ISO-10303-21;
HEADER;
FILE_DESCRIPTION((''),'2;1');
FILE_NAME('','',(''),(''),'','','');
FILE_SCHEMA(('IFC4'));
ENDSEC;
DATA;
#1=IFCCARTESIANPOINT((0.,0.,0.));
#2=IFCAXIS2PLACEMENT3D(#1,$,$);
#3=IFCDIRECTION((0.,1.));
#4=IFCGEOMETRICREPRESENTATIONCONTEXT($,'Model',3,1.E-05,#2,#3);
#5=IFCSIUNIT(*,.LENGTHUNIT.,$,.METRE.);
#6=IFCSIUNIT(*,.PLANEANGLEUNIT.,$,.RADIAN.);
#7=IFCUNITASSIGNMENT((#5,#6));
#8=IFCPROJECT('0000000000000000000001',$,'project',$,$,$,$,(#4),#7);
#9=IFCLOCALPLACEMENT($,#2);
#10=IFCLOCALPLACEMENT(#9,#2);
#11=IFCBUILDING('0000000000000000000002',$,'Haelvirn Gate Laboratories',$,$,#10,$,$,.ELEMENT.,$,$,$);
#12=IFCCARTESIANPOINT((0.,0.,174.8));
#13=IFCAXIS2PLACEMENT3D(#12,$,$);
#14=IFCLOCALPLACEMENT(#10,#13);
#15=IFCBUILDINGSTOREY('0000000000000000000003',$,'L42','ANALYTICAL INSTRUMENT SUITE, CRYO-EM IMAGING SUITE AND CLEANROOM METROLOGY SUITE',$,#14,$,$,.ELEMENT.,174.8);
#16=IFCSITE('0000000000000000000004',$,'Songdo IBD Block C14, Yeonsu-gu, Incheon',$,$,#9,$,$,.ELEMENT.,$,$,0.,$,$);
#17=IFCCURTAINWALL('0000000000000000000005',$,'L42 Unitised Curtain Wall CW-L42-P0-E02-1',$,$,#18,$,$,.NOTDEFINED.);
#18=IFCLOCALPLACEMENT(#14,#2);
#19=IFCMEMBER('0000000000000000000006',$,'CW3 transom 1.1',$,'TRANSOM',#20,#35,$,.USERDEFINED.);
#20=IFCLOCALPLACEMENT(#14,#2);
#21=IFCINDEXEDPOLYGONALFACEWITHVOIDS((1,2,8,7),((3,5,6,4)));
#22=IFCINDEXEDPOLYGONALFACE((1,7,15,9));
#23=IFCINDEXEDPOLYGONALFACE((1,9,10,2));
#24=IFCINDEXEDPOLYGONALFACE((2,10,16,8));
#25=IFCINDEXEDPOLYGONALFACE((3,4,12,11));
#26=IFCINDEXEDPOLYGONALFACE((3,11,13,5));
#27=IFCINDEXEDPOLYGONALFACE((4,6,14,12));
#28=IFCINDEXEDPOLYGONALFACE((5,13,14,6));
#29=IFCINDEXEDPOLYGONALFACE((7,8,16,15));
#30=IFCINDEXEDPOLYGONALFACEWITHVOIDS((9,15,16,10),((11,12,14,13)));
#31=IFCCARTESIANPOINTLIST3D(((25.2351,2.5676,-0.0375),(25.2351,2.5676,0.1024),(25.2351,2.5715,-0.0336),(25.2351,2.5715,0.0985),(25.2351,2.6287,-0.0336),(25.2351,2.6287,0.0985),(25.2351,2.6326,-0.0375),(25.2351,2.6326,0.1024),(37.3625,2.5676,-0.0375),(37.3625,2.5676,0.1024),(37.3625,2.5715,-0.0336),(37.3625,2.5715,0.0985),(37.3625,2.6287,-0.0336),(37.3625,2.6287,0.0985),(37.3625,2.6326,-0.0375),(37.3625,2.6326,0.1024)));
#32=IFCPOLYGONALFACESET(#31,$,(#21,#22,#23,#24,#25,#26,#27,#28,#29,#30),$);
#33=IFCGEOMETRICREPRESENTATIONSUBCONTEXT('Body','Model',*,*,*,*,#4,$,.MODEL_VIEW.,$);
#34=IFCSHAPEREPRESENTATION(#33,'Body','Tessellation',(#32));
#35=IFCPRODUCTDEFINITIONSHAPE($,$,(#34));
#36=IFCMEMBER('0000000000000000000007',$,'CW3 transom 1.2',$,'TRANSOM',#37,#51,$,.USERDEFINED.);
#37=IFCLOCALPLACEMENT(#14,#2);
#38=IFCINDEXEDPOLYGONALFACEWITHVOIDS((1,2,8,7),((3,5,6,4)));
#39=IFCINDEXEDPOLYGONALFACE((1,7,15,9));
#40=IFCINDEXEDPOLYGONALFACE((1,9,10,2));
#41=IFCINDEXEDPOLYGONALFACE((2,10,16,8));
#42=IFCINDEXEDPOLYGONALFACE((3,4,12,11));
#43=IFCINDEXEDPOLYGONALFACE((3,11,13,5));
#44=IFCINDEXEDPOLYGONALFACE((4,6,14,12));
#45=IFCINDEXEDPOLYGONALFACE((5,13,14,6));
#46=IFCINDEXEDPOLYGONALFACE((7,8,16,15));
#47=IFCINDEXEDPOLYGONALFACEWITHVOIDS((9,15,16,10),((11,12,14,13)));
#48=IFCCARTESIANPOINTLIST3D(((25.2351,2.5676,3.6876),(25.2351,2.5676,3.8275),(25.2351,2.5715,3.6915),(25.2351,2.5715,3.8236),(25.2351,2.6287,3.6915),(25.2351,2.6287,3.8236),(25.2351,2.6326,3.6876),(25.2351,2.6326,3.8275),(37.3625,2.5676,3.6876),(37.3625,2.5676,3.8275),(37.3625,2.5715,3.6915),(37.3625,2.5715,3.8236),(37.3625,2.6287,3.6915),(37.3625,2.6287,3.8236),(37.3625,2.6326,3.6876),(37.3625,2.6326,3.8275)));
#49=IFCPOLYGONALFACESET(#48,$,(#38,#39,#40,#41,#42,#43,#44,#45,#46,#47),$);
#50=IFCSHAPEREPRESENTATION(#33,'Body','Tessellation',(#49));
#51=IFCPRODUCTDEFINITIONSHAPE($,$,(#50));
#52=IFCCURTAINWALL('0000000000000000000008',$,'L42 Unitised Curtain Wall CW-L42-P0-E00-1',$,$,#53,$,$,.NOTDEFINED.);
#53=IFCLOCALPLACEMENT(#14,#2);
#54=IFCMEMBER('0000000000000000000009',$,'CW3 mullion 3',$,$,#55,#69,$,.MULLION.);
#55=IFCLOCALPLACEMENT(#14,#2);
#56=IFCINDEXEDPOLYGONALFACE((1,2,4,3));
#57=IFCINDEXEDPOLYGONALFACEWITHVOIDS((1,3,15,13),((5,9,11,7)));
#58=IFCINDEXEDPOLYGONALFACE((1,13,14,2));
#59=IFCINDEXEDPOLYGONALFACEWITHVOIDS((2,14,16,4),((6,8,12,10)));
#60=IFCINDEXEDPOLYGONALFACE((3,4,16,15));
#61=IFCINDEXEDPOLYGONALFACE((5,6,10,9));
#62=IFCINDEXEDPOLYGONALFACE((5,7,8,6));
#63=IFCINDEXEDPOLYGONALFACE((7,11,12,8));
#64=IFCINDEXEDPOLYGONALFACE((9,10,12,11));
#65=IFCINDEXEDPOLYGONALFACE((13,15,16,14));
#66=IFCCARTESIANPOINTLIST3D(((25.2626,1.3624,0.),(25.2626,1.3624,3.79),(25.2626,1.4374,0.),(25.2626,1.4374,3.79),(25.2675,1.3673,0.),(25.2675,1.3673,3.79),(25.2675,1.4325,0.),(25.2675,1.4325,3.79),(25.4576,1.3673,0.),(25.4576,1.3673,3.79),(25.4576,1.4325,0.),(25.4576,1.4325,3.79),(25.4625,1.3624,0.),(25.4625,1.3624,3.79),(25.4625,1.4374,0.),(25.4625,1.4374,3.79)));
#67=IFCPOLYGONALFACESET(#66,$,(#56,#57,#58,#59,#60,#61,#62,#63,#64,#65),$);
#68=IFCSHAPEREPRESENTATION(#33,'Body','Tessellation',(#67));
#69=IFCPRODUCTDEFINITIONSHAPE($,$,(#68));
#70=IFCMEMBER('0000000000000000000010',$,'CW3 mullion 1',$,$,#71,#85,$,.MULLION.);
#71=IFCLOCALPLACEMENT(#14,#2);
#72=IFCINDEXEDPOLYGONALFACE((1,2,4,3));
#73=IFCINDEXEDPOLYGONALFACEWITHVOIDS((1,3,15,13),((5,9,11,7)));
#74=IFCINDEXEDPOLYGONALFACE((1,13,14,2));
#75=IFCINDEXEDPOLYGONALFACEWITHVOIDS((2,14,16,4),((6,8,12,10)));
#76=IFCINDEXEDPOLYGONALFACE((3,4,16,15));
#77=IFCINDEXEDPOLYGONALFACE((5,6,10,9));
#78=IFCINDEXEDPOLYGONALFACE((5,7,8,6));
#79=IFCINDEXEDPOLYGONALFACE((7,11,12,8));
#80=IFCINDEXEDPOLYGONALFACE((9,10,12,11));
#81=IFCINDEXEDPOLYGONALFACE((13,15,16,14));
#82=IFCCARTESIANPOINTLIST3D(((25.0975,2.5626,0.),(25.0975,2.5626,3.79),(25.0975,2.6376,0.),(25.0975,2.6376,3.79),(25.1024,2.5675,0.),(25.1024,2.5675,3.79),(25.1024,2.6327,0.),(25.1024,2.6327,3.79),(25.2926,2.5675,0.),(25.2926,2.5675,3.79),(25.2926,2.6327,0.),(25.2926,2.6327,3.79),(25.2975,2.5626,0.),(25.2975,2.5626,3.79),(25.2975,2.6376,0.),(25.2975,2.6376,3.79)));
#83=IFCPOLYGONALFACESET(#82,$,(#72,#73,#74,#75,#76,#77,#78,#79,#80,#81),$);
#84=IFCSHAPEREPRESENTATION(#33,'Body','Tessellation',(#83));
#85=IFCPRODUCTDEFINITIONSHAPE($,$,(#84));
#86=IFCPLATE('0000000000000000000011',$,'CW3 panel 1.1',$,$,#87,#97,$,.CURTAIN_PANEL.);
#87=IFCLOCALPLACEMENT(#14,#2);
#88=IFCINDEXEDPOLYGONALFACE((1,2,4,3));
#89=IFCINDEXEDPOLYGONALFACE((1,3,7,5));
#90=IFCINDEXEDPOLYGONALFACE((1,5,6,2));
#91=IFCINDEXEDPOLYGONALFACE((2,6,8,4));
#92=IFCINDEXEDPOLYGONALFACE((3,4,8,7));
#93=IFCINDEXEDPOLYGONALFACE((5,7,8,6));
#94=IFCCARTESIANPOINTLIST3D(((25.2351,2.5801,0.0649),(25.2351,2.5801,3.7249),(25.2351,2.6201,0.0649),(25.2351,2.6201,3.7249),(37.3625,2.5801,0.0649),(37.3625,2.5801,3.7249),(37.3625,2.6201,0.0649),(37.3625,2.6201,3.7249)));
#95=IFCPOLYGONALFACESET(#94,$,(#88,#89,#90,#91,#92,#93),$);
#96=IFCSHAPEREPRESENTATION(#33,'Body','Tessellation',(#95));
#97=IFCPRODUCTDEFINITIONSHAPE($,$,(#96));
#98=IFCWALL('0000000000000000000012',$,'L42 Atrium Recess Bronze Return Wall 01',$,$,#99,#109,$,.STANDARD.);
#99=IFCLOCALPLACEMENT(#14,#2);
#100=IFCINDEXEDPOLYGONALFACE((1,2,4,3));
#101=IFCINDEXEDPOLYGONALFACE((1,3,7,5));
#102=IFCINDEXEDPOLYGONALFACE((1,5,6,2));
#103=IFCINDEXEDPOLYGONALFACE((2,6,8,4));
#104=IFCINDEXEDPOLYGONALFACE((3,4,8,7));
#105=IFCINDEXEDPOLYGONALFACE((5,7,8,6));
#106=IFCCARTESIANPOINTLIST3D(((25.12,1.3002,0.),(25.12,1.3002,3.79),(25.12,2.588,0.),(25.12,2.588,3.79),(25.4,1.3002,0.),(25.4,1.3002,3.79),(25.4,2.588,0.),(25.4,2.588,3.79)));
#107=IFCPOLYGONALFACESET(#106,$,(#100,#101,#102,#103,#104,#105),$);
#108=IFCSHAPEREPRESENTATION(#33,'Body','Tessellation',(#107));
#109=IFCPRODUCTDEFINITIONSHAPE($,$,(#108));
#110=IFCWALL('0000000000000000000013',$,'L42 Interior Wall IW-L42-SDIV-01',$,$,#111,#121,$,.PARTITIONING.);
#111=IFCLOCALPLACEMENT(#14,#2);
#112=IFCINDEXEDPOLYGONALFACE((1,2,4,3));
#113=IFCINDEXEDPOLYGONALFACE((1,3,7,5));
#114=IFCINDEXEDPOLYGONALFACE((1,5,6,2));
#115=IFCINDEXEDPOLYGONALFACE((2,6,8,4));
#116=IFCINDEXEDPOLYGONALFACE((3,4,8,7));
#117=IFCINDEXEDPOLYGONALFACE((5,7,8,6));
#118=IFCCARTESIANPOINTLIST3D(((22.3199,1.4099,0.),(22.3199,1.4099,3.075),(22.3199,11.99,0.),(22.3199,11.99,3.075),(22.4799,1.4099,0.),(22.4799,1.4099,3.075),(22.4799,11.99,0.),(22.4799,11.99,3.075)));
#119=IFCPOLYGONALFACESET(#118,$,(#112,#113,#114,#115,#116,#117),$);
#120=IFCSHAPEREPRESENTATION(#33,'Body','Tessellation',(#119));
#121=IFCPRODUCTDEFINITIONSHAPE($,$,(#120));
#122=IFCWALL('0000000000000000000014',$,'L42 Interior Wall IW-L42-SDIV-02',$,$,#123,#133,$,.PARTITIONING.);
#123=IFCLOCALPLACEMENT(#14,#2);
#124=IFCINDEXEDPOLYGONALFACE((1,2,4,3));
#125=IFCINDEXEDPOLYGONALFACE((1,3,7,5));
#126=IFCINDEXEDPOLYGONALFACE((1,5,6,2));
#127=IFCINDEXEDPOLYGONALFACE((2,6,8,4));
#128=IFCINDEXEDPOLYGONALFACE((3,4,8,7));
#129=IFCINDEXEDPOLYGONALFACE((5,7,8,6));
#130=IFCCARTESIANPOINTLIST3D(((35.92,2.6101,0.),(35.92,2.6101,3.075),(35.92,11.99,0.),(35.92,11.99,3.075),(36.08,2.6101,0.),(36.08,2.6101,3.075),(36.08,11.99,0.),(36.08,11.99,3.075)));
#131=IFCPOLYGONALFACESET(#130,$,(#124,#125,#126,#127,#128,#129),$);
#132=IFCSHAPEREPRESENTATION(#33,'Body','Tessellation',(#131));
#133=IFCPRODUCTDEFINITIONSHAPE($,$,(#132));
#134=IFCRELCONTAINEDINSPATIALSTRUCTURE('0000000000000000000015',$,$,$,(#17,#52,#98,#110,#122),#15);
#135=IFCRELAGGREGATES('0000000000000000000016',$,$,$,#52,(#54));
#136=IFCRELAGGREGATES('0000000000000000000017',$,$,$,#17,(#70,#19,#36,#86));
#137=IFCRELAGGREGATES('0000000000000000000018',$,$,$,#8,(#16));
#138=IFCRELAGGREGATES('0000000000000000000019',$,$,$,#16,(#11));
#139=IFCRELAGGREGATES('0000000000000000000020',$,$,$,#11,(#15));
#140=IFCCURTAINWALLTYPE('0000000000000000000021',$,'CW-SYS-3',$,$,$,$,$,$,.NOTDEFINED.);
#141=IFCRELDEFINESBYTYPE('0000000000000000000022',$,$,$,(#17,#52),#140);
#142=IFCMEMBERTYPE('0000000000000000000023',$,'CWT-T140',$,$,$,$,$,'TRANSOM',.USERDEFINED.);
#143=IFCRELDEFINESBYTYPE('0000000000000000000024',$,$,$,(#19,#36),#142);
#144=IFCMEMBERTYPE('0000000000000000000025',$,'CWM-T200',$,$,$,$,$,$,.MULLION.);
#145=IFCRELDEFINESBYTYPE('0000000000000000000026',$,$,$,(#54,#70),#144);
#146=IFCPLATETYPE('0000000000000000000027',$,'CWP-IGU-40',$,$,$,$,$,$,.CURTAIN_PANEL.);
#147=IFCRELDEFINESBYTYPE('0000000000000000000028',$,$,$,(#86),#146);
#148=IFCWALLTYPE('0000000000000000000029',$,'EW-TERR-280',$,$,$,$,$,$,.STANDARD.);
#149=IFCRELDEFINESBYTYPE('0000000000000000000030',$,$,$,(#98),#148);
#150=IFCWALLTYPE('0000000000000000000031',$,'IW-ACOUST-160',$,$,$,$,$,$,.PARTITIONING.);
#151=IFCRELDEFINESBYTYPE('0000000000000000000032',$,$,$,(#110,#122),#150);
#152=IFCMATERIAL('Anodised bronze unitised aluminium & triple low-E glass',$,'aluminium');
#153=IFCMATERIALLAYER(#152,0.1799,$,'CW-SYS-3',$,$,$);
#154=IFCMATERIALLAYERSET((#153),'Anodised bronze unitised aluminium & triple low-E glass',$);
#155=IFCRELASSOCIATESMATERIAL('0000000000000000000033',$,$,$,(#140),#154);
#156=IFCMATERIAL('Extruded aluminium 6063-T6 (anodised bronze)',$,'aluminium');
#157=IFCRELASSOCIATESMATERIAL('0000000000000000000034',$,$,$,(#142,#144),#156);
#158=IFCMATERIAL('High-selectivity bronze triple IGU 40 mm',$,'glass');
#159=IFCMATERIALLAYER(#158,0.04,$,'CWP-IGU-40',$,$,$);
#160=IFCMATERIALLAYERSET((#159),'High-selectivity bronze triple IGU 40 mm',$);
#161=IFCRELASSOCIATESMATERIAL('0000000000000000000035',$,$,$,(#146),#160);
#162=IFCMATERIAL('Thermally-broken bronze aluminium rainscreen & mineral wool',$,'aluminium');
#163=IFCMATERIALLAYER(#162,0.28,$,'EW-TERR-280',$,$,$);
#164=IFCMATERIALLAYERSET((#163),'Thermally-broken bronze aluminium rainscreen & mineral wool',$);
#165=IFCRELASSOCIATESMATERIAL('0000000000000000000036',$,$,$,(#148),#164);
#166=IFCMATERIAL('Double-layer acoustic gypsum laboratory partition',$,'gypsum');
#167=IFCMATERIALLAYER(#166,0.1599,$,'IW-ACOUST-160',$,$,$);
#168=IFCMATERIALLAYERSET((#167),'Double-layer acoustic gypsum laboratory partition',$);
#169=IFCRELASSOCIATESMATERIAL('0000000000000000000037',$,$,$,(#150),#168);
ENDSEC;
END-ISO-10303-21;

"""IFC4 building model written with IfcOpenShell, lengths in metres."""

from ifc_helpers import new_model, si_unit, direction, frame, frame_2d, origin, origin_2d, place, context, subcontext, project, spatial, rectangle, hollow_rectangle, extrude, source, transform, mapped, material, layer, layer_set, material_profile, profile_set, type_object, type_shapes, element, aggregate, save


model = new_model("IFC4")

# Units and contexts
model_context = context("Model", 3, precision=1e-05, world=origin(), true_north=direction((0.0, 1.0)))
body_context = subcontext(model_context, "Body", "Model", "MODEL_VIEW")
ifc_project = project(units=[si_unit("LENGTHUNIT", "METRE"), si_unit("PLANEANGLEUNIT", "RADIAN")], contexts=[model_context])

# Site, building, storey
site_placement = place(None, origin())
site = spatial("IfcSite", under=ifc_project, at=site_placement, Name="Songdo IBD Block C14, Yeonsu-gu, Incheon", CompositionType="ELEMENT", RefElevation=0.0)
building_placement = place(site_placement, origin())
building = spatial("IfcBuilding", under=site, at=building_placement, Name="Haelvirn Gate Laboratories", CompositionType="ELEMENT")
storey_placement = place(building_placement, frame((0.0, 0.0, 174.8)))
storey = spatial("IfcBuildingStorey", under=building, at=storey_placement, Name="L42", Description="ANALYTICAL INSTRUMENT SUITE, CRYO-EM IMAGING SUITE AND CLEANROOM METROLOGY SUITE", CompositionType="ELEMENT", Elevation=174.8)

# Curtain wall, members
ifc_material_1 = material(Name="Anodised bronze unitised aluminium & triple low-E glass", Category="aluminium")
ifc_layer_1 = layer(ifc_material_1, 0.1799, Name="CW-SYS-3")
ifc_layer_set_1 = layer_set([ifc_layer_1], Name="Anodised bronze unitised aluminium & triple low-E glass")
curtain_wall_type = type_object("IfcCurtainWallType", Name="CW-SYS-3", PredefinedType="NOTDEFINED", material=ifc_layer_set_1)
curtain_wall_1_placement = place(storey_placement, origin())
curtain_wall_1 = element("IfcCurtainWall", 1, at=curtain_wall_1_placement, inside=storey, type_object=curtain_wall_type, Name="L42 Unitised Curtain Wall CW-L42-P0-E02-1", PredefinedType="NOTDEFINED")
ifc_material_2 = material(Name="Extruded aluminium 6063-T6 (anodised bronze)", Category="aluminium")
ifc_material_profile_1 = material_profile(ifc_material_2, hollow_rectangle(XDim=0.0649, YDim=0.1399, WallThickness=0.0039, at=origin_2d()), Name="CWT-140x65x4")
ifc_profile_set_1 = profile_set([ifc_material_profile_1], Name="Extruded aluminium 6063-T6 (anodised bronze)")
member_type_1 = type_object("IfcMemberType", Name="CWT-T140", ElementType="TRANSOM", PredefinedType="USERDEFINED", material=ifc_profile_set_1)
shared_shape_1 = source(origin(), body_context, "Body", "SweptSolid", [
    extrude(hollow_rectangle(XDim=0.0649, YDim=0.1399, WallThickness=0.0039, at=origin_2d()), origin(), (0.0, 0.0, 1.0), 12.1274),
])
type_shapes(member_type_1, [shared_shape_1])
member_1_placement = place(storey_placement, frame((25.2351, 2.6001, 0.0325), z_axis=(1.0, 0.0, 0.0), x_axis=(0.0, 1.0, 0.0)))
member_1 = element("IfcMember", 2, at=member_1_placement, type_object=member_type_1, Name="CW3 transom 1.1", ObjectType="TRANSOM", PredefinedType="USERDEFINED", context=body_context, shape_type="MappedRepresentation", body=[
    mapped(shared_shape_1, transform((0.0, 0.0, 0.0), scale=1.0)),
])
member_2_placement = place(storey_placement, frame((25.2351, 2.6001, 3.7576), z_axis=(1.0, 0.0, 0.0), x_axis=(0.0, 1.0, 0.0)))
member_2 = element("IfcMember", 3, at=member_2_placement, type_object=member_type_1, Name="CW3 transom 1.2", ObjectType="TRANSOM", PredefinedType="USERDEFINED", context=body_context, shape_type="MappedRepresentation", body=[
    mapped(shared_shape_1, transform((0.0, 0.0, 0.0), scale=1.0)),
])

# Curtain wall, member
curtain_wall_2_placement = place(storey_placement, origin())
curtain_wall_2 = element("IfcCurtainWall", 4, at=curtain_wall_2_placement, inside=storey, type_object=curtain_wall_type, Name="L42 Unitised Curtain Wall CW-L42-P0-E00-1", PredefinedType="NOTDEFINED")
ifc_material_profile_2 = material_profile(ifc_material_2, hollow_rectangle(XDim=0.075, YDim=0.2, WallThickness=0.0049, at=origin_2d()), Name="CWM-200x75x5")
ifc_profile_set_2 = profile_set([ifc_material_profile_2], Name="Extruded aluminium 6063-T6 (anodised bronze)")
member_type_2 = type_object("IfcMemberType", Name="CWM-T200", PredefinedType="MULLION", material=ifc_profile_set_2)
shared_shape_2 = source(origin(), body_context, "Body", "SweptSolid", [
    extrude(hollow_rectangle(XDim=0.075, YDim=0.2, WallThickness=0.0049, at=origin_2d()), origin(), (0.0, 0.0, 1.0), 3.79),
])
type_shapes(member_type_2, [shared_shape_2])
member_3_placement = place(storey_placement, frame((25.3625, 1.3999, 0.0), z_axis=(0.0, 0.0, 1.0), x_axis=(0.0, 1.0, 0.0)))
member_3 = element("IfcMember", 5, at=member_3_placement, type_object=member_type_2, Name="CW3 mullion 3", PredefinedType="MULLION", context=body_context, shape_type="MappedRepresentation", body=[
    mapped(shared_shape_2, transform((0.0, 0.0, 0.0), scale=1.0)),
])
aggregate(curtain_wall_2, [member_3])

# Member
member_4_placement = place(storey_placement, frame((25.1975, 2.6001, 0.0), z_axis=(0.0, 0.0, 1.0), x_axis=(0.0, 1.0, 0.0)))
member_4 = element("IfcMember", 6, at=member_4_placement, type_object=member_type_2, Name="CW3 mullion 1", PredefinedType="MULLION", context=body_context, shape_type="MappedRepresentation", body=[
    mapped(shared_shape_2, transform((0.0, 0.0, 0.0), scale=1.0)),
])

# Plate
ifc_material_3 = material(Name="High-selectivity bronze triple IGU 40 mm", Category="glass")
ifc_layer_2 = layer(ifc_material_3, 0.04, Name="CWP-IGU-40")
ifc_layer_set_2 = layer_set([ifc_layer_2], Name="High-selectivity bronze triple IGU 40 mm")
plate_type = type_object("IfcPlateType", Name="CWP-IGU-40", PredefinedType="CURTAIN_PANEL", material=ifc_layer_set_2)
shared_shape_3 = source(origin(), body_context, "Body", "SweptSolid", [
    extrude(rectangle(XDim=12.1274, YDim=0.04, at=origin_2d()), origin(), (0.0, 0.0, 1.0), 3.6599),
])
type_shapes(plate_type, [shared_shape_3])
plate_placement = place(storey_placement, frame((31.2988, 2.6001, 0.0649), z_axis=(0.0, 0.0, 1.0), x_axis=(1.0, 0.0, 0.0)))
plate = element("IfcPlate", 7, at=plate_placement, type_object=plate_type, Name="CW3 panel 1.1", PredefinedType="CURTAIN_PANEL", context=body_context, shape_type="MappedRepresentation", body=[
    mapped(shared_shape_3, transform((0.0, 0.0, 0.0), scale=1.0)),
])
aggregate(curtain_wall_1, [member_4, member_1, member_2, plate])

# Walls
ifc_material_4 = material(Name="Thermally-broken bronze aluminium rainscreen & mineral wool", Category="aluminium")
ifc_layer_3 = layer(ifc_material_4, 0.28, Name="EW-TERR-280")
ifc_layer_set_3 = layer_set([ifc_layer_3], Name="Thermally-broken bronze aluminium rainscreen & mineral wool")
wall_type_1 = type_object("IfcWallType", Name="EW-TERR-280", PredefinedType="STANDARD", material=ifc_layer_set_3)
wall_1_placement = place(storey_placement, frame((25.26, 1.3, 0.0), z_axis=(0.0, 0.0, 1.0), x_axis=(0.0, 1.0, 0.0)))
element("IfcWall", 8, at=wall_1_placement, inside=storey, type_object=wall_type_1, Name="L42 Atrium Recess Bronze Return Wall 01", PredefinedType="STANDARD", context=body_context, shape_type="SweptSolid", body=[
    extrude(rectangle(XDim=1.2878, YDim=0.28, at=frame_2d((0.644, 0.0))), origin(), (0.0, 0.0, 1.0), 3.79),
])
ifc_material_5 = material(Name="Double-layer acoustic gypsum laboratory partition", Category="gypsum")
ifc_layer_4 = layer(ifc_material_5, 0.1599, Name="IW-ACOUST-160")
ifc_layer_set_4 = layer_set([ifc_layer_4], Name="Double-layer acoustic gypsum laboratory partition")
wall_type_2 = type_object("IfcWallType", Name="IW-ACOUST-160", PredefinedType="PARTITIONING", material=ifc_layer_set_4)
wall_2_placement = place(storey_placement, frame((22.3999, 1.4099, 0.0), z_axis=(0.0, 0.0, 1.0), x_axis=(0.0, 1.0, 0.0)))
element("IfcWall", 9, at=wall_2_placement, inside=storey, type_object=wall_type_2, Name="L42 Interior Wall IW-L42-SDIV-01", PredefinedType="PARTITIONING", context=body_context, shape_type="SweptSolid", body=[
    extrude(rectangle(XDim=10.5801, YDim=0.1599, at=frame_2d((5.29, 0.0))), origin(), (0.0, 0.0, 1.0), 3.075),
])
wall_3_placement = place(storey_placement, frame((36.0, 2.6101, 0.0), z_axis=(0.0, 0.0, 1.0), x_axis=(0.0, 1.0, 0.0)))
element("IfcWall", 10, at=wall_3_placement, inside=storey, type_object=wall_type_2, Name="L42 Interior Wall IW-L42-SDIV-02", PredefinedType="PARTITIONING", context=body_context, shape_type="SweptSolid", body=[
    extrude(rectangle(XDim=9.3799, YDim=0.1599, at=frame_2d((4.6899, 0.0))), origin(), (0.0, 0.0, 1.0), 3.075),
])

save(model, "model.ifc")
